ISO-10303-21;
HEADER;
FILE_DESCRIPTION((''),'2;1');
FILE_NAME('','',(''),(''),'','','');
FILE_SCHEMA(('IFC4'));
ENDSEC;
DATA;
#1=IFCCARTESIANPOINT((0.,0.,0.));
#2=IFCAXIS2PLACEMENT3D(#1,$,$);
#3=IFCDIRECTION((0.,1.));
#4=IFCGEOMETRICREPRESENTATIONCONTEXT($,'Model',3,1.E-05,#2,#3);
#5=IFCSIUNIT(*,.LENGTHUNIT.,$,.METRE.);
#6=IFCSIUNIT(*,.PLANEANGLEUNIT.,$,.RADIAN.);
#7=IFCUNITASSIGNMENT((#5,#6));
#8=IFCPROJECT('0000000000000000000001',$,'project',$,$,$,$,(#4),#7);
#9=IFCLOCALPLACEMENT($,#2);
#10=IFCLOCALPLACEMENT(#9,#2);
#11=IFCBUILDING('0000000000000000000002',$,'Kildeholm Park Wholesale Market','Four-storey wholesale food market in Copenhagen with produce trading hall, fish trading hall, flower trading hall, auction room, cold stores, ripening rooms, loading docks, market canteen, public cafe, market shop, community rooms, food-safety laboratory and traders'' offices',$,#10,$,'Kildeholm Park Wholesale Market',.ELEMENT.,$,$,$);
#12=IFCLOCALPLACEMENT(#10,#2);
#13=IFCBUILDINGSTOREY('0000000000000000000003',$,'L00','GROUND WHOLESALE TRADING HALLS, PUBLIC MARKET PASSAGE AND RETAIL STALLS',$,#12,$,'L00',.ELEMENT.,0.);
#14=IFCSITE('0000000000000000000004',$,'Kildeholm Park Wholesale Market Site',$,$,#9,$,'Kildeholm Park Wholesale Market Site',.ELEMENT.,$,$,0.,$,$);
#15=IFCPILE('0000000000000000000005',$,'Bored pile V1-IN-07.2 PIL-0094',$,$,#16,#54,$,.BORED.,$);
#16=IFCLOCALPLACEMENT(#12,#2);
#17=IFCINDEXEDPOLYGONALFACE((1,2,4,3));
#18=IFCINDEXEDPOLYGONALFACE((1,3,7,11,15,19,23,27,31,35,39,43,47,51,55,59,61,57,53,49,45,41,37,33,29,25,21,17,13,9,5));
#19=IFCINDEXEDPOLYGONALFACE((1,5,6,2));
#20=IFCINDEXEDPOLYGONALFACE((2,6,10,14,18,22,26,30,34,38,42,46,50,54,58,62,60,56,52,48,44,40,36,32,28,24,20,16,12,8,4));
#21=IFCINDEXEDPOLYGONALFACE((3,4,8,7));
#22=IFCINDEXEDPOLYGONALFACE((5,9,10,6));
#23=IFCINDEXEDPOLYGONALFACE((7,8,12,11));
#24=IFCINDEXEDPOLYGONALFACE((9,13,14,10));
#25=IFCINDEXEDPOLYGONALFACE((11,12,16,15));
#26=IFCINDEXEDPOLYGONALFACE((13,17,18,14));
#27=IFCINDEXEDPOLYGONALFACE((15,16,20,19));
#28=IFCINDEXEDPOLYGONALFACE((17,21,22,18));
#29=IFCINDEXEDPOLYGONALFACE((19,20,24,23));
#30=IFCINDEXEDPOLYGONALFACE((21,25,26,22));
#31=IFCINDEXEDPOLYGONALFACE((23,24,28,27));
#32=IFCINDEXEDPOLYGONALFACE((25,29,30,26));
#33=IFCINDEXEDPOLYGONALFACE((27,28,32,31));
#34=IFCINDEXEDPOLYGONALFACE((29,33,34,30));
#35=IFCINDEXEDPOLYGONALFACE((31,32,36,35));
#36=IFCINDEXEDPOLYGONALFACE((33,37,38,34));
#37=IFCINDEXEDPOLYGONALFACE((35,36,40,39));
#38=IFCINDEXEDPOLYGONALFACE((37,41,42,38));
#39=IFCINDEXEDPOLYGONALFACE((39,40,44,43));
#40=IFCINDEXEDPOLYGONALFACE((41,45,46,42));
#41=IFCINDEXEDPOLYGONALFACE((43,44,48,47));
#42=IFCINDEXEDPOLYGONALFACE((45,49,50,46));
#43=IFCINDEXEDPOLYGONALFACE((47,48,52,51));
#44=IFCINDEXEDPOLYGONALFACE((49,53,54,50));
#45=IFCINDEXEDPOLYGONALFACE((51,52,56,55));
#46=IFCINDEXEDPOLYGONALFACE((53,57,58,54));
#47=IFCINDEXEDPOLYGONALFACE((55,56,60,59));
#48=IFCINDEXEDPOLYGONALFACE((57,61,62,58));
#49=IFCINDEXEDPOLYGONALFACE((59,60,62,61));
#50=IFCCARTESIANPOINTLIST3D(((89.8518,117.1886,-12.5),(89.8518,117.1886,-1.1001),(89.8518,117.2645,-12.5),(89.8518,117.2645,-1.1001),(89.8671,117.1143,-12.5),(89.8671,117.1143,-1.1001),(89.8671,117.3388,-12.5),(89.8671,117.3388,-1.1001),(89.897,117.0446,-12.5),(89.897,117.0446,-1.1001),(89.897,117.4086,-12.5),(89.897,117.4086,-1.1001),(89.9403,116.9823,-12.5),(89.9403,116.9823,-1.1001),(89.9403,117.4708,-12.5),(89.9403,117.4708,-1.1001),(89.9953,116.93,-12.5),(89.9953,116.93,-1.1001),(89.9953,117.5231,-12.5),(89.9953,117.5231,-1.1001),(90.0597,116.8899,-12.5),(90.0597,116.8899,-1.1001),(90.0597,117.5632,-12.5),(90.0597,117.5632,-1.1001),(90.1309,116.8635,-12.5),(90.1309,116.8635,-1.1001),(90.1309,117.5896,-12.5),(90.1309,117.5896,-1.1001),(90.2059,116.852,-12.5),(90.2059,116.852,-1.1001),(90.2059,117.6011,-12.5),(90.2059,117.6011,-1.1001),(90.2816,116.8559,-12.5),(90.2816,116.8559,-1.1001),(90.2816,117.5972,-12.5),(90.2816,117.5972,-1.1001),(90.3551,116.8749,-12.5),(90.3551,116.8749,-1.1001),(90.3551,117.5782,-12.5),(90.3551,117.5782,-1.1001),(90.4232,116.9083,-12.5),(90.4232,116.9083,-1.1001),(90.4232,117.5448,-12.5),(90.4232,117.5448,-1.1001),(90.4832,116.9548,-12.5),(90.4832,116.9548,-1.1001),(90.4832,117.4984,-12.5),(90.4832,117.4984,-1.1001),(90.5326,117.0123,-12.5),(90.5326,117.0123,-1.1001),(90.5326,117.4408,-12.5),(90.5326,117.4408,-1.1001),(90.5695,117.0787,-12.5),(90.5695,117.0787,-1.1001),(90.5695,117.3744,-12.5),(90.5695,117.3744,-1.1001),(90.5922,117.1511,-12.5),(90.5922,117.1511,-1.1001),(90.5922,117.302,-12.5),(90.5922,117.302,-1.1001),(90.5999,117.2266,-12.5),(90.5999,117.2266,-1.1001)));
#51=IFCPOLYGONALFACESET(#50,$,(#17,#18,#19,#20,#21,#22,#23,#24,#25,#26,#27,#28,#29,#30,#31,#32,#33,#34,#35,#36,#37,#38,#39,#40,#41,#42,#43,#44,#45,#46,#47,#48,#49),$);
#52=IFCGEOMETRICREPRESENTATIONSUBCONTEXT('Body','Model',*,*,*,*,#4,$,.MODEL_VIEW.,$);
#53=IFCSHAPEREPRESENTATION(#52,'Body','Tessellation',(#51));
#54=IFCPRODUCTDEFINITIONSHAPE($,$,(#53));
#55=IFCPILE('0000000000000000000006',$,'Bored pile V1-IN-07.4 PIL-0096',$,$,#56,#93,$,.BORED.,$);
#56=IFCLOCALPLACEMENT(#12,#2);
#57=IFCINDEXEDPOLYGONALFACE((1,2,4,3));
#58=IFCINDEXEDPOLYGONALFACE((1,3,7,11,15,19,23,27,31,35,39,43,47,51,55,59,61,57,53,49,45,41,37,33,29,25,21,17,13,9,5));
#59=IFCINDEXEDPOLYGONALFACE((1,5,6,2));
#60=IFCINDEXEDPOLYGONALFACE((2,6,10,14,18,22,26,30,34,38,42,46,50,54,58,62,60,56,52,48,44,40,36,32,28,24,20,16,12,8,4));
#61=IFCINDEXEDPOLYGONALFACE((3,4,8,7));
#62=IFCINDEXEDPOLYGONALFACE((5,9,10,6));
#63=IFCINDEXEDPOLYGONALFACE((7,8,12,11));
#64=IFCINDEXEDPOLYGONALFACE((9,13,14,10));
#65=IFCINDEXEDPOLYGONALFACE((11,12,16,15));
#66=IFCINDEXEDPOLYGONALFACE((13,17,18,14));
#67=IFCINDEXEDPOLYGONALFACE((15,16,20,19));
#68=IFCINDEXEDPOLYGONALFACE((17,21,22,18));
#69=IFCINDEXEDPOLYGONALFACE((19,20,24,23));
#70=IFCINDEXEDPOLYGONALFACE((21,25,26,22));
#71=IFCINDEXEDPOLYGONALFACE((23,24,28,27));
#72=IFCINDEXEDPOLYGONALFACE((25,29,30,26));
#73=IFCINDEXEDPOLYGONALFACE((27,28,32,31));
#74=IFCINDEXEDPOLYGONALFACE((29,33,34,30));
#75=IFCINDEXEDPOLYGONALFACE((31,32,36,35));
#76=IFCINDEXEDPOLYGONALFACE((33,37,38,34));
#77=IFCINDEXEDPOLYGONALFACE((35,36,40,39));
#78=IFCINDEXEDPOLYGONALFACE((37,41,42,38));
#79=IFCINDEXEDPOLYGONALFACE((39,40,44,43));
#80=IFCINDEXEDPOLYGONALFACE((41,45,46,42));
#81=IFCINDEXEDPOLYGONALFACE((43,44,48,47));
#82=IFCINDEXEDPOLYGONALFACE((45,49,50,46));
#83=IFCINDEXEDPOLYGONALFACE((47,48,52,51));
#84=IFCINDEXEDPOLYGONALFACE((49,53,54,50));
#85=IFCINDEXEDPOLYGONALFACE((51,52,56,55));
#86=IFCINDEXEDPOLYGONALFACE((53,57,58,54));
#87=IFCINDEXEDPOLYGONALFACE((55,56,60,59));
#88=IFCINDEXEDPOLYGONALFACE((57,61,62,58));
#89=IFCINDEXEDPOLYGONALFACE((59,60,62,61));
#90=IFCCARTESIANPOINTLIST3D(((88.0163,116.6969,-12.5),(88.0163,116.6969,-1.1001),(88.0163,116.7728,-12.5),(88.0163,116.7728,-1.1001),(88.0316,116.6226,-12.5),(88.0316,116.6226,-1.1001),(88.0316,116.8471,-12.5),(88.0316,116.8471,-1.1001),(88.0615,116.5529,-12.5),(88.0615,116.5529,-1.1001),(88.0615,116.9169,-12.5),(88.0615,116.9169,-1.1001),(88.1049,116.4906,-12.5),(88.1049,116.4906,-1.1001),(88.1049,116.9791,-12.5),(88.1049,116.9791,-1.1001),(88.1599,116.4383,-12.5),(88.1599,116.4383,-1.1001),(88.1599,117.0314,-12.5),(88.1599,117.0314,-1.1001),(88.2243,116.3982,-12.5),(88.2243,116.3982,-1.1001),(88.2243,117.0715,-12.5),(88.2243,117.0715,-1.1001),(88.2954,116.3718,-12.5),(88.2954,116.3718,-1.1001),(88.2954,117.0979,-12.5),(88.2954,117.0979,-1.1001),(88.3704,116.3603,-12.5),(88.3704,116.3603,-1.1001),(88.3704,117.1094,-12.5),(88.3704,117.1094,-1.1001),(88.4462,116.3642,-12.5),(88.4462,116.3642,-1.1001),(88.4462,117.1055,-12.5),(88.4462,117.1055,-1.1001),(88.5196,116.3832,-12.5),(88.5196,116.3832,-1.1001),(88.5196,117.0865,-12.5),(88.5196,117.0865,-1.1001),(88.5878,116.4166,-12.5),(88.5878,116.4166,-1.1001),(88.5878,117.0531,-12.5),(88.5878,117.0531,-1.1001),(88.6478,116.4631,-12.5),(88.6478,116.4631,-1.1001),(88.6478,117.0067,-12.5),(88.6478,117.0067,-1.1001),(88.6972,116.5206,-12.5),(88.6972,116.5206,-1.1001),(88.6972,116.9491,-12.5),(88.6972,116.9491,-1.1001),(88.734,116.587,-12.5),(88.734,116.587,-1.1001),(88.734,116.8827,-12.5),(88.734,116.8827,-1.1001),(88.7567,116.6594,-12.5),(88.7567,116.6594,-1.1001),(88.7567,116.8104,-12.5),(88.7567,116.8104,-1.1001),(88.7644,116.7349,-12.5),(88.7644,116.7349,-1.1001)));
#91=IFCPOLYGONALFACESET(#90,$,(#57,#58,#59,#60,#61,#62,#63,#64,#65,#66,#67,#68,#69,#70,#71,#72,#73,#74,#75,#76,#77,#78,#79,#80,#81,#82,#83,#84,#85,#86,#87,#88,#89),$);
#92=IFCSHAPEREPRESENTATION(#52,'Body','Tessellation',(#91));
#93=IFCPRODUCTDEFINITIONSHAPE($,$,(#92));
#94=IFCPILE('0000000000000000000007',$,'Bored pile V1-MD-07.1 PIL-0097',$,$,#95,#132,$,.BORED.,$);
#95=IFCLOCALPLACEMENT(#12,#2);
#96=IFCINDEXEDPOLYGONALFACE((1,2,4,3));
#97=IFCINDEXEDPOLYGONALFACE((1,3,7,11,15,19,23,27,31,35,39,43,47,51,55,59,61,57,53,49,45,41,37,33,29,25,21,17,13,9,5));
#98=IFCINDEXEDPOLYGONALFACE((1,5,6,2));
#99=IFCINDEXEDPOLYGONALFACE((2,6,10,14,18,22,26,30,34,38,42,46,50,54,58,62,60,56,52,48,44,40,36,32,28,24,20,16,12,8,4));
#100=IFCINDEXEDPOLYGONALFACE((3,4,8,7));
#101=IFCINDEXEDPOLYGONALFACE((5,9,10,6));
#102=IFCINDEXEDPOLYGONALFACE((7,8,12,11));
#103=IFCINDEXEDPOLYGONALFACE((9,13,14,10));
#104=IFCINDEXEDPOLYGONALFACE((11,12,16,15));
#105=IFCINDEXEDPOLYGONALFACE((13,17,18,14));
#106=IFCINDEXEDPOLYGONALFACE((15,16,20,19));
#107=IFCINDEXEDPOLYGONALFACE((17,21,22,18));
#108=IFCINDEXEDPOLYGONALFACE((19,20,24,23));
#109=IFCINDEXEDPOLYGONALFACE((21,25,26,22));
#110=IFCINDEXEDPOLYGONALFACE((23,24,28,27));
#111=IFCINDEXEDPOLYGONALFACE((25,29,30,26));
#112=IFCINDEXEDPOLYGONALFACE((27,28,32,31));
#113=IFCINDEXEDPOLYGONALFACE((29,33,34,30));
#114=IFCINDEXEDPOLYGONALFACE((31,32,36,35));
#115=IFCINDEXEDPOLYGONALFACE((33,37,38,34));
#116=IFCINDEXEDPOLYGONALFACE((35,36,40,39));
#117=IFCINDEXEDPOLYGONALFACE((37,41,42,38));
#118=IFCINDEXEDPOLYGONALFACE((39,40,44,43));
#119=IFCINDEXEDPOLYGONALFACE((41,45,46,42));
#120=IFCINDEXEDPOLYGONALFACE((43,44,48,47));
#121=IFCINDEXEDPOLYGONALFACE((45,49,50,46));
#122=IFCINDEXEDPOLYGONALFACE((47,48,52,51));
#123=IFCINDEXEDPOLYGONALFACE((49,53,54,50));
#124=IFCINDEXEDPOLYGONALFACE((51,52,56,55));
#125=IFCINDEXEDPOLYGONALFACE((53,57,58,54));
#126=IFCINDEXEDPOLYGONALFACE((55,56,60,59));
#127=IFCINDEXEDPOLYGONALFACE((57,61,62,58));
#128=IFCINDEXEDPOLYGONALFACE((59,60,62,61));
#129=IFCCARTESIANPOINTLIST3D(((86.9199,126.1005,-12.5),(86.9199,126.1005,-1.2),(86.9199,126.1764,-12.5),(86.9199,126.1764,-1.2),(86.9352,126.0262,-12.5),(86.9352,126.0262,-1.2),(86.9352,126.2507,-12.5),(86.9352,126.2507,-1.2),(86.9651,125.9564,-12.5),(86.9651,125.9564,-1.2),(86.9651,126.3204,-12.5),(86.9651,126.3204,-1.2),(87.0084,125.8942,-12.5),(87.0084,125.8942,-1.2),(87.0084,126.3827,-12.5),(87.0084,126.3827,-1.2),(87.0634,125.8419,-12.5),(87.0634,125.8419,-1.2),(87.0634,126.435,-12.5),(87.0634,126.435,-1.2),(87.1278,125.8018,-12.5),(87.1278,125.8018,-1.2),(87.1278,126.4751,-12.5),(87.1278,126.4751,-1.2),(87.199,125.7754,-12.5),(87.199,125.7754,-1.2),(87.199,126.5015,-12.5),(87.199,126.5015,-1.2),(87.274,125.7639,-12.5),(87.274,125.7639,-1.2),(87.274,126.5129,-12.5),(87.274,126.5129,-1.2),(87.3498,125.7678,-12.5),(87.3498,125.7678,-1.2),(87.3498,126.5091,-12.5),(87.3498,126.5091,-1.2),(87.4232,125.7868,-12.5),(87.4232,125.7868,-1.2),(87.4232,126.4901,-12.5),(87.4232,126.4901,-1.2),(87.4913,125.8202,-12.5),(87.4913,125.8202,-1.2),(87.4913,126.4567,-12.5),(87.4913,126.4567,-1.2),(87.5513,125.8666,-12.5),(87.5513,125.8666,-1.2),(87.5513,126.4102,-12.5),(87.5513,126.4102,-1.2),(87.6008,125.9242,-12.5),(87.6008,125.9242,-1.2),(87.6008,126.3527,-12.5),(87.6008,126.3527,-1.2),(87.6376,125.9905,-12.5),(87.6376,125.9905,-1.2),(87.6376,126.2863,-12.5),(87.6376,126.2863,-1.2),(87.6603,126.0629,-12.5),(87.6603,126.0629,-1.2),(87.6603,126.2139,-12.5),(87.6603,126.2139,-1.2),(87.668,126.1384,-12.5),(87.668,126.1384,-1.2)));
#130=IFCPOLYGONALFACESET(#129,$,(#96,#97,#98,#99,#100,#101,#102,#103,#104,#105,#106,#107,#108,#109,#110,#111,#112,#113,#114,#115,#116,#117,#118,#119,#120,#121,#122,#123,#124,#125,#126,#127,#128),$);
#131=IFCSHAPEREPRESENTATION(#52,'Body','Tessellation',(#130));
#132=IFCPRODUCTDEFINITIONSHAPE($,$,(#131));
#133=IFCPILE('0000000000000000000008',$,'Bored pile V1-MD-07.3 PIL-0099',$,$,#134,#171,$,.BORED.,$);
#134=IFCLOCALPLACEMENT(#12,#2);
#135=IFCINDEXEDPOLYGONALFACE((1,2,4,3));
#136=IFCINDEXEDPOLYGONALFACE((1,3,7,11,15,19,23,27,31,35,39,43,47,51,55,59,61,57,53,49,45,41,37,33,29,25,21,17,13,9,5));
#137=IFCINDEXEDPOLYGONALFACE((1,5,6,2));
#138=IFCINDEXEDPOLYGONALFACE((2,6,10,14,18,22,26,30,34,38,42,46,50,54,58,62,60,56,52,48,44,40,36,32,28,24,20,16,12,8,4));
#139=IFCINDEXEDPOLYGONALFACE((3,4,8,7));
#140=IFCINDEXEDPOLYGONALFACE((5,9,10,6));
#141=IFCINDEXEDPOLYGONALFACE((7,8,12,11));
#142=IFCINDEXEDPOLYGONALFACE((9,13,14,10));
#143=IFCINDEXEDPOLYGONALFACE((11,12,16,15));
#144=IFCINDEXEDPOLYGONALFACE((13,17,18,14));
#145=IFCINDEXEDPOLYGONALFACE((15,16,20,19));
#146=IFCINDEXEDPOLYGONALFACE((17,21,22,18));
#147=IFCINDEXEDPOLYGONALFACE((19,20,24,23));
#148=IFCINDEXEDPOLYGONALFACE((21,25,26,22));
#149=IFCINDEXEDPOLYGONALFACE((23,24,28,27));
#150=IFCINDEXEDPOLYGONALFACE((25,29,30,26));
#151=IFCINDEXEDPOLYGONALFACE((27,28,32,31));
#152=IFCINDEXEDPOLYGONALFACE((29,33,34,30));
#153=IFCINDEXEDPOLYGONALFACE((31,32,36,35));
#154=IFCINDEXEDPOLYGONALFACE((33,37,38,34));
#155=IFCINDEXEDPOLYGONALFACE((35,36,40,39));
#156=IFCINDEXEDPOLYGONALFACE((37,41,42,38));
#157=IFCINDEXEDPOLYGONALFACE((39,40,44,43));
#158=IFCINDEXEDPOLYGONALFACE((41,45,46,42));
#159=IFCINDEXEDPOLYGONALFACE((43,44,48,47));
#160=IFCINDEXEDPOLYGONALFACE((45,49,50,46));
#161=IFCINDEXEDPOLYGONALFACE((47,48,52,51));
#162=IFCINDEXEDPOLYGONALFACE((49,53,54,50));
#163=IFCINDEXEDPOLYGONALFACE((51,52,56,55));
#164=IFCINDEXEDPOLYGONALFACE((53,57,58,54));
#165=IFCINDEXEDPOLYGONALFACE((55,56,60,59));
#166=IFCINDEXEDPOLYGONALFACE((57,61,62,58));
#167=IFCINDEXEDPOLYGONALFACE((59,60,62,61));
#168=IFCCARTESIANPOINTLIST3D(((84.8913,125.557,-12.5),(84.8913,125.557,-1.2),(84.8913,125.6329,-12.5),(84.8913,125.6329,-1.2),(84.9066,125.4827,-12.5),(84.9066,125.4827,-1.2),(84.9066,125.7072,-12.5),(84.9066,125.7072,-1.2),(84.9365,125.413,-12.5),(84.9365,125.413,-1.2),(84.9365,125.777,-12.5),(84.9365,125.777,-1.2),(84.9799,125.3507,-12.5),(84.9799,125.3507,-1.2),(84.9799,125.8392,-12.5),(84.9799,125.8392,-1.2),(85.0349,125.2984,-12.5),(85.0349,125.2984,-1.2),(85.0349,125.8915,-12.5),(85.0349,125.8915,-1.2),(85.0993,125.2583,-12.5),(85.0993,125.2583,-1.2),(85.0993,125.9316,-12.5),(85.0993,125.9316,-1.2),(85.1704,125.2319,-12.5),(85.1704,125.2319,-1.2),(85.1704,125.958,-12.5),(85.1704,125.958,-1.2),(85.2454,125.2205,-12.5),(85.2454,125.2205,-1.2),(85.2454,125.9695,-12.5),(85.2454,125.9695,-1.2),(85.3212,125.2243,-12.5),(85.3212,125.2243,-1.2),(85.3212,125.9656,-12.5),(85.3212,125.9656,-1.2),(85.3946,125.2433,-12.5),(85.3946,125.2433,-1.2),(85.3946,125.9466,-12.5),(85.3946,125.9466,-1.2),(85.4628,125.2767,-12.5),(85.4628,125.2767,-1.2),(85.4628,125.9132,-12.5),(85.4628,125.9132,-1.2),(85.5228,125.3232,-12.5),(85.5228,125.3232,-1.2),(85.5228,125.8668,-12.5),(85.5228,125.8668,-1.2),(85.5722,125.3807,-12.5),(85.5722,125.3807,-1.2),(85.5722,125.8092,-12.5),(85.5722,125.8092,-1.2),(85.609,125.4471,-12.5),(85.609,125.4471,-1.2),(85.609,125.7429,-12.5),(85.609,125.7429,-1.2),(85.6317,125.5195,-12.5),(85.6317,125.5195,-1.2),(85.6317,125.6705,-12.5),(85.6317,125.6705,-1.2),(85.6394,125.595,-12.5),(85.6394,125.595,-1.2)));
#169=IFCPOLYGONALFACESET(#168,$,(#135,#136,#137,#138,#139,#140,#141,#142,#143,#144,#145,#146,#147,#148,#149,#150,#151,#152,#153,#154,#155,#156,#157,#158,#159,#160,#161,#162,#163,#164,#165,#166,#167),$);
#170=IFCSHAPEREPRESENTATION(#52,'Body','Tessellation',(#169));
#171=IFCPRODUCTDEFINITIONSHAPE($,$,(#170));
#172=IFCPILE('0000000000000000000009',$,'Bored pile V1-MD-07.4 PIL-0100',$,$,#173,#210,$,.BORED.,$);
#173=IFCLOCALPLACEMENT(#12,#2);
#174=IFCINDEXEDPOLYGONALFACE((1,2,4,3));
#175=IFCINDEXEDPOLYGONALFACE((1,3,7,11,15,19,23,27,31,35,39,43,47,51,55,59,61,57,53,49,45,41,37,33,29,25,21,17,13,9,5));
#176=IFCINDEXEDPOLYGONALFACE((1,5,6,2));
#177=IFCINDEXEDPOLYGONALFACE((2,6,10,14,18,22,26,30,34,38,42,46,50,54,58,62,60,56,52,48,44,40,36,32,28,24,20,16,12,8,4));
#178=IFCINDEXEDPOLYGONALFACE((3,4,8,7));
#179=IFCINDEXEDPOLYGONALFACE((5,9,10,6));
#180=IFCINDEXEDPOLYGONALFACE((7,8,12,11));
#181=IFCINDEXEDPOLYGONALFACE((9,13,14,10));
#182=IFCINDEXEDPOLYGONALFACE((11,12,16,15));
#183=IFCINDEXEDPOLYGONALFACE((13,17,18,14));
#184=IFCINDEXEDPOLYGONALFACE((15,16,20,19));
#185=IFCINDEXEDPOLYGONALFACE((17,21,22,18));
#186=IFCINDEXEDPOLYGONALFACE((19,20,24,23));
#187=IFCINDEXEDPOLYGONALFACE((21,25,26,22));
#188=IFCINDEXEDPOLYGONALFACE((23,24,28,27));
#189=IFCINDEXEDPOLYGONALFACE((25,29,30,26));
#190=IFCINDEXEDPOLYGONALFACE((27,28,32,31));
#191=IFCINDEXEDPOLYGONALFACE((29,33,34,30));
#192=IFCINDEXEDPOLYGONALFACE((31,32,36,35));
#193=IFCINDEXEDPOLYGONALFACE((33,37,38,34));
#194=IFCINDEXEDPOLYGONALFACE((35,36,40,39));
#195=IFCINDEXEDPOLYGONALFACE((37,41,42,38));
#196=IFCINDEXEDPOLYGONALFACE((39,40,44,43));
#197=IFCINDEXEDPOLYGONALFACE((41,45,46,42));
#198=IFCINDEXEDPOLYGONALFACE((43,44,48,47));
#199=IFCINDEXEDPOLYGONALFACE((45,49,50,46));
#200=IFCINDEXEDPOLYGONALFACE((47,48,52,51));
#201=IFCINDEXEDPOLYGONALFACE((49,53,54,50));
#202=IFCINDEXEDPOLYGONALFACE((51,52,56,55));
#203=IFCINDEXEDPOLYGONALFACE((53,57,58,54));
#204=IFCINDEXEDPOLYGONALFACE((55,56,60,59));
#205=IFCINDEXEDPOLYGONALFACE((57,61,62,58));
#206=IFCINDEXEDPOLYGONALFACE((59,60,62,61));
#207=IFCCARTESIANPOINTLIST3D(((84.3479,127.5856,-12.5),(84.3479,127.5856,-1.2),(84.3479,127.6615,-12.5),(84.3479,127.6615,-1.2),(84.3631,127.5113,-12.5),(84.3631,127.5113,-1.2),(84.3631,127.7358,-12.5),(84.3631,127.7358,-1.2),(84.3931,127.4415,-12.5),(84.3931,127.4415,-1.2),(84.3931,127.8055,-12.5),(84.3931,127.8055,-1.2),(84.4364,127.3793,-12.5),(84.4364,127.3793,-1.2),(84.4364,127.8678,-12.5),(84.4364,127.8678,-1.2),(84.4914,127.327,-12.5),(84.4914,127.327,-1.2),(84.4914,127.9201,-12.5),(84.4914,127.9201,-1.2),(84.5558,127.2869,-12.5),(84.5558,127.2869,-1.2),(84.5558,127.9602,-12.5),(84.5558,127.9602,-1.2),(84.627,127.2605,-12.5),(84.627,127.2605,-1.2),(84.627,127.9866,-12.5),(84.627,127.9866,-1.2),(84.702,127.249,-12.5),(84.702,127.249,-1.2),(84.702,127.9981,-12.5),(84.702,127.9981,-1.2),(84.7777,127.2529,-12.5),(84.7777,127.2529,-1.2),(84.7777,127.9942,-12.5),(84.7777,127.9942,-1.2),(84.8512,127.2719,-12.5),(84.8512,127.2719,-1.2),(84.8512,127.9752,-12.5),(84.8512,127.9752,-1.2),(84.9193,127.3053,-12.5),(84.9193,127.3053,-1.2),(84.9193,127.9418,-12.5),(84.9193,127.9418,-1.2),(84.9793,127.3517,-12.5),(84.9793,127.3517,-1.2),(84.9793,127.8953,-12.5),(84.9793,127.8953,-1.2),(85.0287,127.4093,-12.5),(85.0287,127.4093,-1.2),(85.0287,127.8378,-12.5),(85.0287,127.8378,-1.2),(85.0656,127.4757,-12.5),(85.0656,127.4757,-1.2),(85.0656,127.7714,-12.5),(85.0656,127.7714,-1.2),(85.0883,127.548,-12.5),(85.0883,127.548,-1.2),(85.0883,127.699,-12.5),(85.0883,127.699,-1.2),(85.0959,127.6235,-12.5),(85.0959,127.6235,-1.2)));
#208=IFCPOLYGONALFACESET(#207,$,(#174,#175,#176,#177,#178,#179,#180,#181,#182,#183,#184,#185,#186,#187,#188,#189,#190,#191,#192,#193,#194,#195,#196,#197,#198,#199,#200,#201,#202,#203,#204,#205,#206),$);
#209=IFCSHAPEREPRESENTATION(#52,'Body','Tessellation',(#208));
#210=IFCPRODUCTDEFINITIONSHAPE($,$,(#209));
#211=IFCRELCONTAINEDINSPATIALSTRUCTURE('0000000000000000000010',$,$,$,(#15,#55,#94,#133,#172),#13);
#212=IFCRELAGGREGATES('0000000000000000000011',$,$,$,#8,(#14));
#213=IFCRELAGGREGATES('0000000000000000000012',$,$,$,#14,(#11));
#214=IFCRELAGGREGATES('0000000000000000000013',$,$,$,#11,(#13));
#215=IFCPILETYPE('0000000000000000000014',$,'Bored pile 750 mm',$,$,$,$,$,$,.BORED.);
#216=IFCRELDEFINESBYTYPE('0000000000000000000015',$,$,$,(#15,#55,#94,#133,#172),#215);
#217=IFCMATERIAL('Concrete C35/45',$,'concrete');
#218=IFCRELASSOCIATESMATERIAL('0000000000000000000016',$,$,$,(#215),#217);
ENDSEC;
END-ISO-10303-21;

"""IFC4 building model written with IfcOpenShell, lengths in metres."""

from ifc_helpers import new_model, si_unit, direction, frame, origin, origin_2d, place, context, subcontext, project, spatial, circle, extrude, material, material_profile, profile_set, type_object, element, save


model = new_model("IFC4")

# Units and contexts
model_context = context("Model", 3, precision=1e-05, world=origin(), true_north=direction((0.0, 1.0)))
body_context = subcontext(model_context, "Body", "Model", "MODEL_VIEW")
ifc_project = project(units=[si_unit("LENGTHUNIT", "METRE"), si_unit("PLANEANGLEUNIT", "RADIAN")], contexts=[model_context])

# Site, building, storey
site_placement = place(None, origin())
site = spatial("IfcSite", under=ifc_project, at=site_placement, Name="Kildeholm Park Wholesale Market Site", LongName="Kildeholm Park Wholesale Market Site", CompositionType="ELEMENT", RefElevation=0.0)
building_placement = place(site_placement, origin())
building = spatial("IfcBuilding", under=site, at=building_placement, Name="Kildeholm Park Wholesale Market", Description="Four-storey wholesale food market in Copenhagen with produce trading hall, fish trading hall, flower trading hall, auction room, cold stores, ripening rooms, loading docks, market canteen, public cafe, market shop, community rooms, food-safety laboratory and traders' offices", LongName="Kildeholm Park Wholesale Market", CompositionType="ELEMENT")
storey_placement = place(building_placement, origin())
storey = spatial("IfcBuildingStorey", under=building, at=storey_placement, Name="L00", Description="GROUND WHOLESALE TRADING HALLS, PUBLIC MARKET PASSAGE AND RETAIL STALLS", LongName="L00", CompositionType="ELEMENT", Elevation=0.0)

# Piles
ifc_material_1 = material(Name="Concrete C35/45", Category="concrete")
ifc_material_profile_1 = material_profile(ifc_material_1, circle(Radius=0.375, at=origin_2d()), Name="PILE D750")
ifc_profile_set_1 = profile_set([ifc_material_profile_1], Name="Concrete C35/45")
pile_type = type_object("IfcPileType", Name="Bored pile 750 mm", PredefinedType="BORED", material=ifc_profile_set_1)
for number, where, z_axis, x_axis, name in (
    (1, (90.2249, 117.2266, -1.1001), (0.0, 0.0, -1.0), (1.0, 0.0, 0.0), "Bored pile V1-IN-07.2 PIL-0094"),
    (2, (88.3894, 116.7349, -1.1001), (0.0, 0.0, -1.0), (1.0, 0.0, 0.0), "Bored pile V1-IN-07.4 PIL-0096"),
):
    element("IfcPile", number, at=place(storey_placement, frame(where, z_axis=z_axis, x_axis=x_axis)), inside=storey, type_object=pile_type, Name=name, PredefinedType="BORED", context=body_context, shape_type="SweptSolid", body=[
        extrude(circle(Radius=0.375, at=origin_2d()), origin(), (0.0, 0.0, 1.0), 11.3999),
    ])
for number, where, z_axis, x_axis, name in (
    (3, (87.293, 126.1384, -1.2), (0.0, 0.0, -1.0), (1.0, 0.0, 0.0), "Bored pile V1-MD-07.1 PIL-0097"),
    (4, (85.2644, 125.595, -1.2), (0.0, 0.0, -1.0), (1.0, 0.0, 0.0), "Bored pile V1-MD-07.3 PIL-0099"),
    (5, (84.7209, 127.6235, -1.2), (0.0, 0.0, -1.0), (1.0, 0.0, 0.0), "Bored pile V1-MD-07.4 PIL-0100"),
):
    element("IfcPile", number, at=place(storey_placement, frame(where, z_axis=z_axis, x_axis=x_axis)), inside=storey, type_object=pile_type, Name=name, PredefinedType="BORED", context=body_context, shape_type="SweptSolid", body=[
        extrude(circle(Radius=0.375, at=origin_2d()), origin(), (0.0, 0.0, 1.0), 11.3),
    ])

save(model, "model.ifc")
